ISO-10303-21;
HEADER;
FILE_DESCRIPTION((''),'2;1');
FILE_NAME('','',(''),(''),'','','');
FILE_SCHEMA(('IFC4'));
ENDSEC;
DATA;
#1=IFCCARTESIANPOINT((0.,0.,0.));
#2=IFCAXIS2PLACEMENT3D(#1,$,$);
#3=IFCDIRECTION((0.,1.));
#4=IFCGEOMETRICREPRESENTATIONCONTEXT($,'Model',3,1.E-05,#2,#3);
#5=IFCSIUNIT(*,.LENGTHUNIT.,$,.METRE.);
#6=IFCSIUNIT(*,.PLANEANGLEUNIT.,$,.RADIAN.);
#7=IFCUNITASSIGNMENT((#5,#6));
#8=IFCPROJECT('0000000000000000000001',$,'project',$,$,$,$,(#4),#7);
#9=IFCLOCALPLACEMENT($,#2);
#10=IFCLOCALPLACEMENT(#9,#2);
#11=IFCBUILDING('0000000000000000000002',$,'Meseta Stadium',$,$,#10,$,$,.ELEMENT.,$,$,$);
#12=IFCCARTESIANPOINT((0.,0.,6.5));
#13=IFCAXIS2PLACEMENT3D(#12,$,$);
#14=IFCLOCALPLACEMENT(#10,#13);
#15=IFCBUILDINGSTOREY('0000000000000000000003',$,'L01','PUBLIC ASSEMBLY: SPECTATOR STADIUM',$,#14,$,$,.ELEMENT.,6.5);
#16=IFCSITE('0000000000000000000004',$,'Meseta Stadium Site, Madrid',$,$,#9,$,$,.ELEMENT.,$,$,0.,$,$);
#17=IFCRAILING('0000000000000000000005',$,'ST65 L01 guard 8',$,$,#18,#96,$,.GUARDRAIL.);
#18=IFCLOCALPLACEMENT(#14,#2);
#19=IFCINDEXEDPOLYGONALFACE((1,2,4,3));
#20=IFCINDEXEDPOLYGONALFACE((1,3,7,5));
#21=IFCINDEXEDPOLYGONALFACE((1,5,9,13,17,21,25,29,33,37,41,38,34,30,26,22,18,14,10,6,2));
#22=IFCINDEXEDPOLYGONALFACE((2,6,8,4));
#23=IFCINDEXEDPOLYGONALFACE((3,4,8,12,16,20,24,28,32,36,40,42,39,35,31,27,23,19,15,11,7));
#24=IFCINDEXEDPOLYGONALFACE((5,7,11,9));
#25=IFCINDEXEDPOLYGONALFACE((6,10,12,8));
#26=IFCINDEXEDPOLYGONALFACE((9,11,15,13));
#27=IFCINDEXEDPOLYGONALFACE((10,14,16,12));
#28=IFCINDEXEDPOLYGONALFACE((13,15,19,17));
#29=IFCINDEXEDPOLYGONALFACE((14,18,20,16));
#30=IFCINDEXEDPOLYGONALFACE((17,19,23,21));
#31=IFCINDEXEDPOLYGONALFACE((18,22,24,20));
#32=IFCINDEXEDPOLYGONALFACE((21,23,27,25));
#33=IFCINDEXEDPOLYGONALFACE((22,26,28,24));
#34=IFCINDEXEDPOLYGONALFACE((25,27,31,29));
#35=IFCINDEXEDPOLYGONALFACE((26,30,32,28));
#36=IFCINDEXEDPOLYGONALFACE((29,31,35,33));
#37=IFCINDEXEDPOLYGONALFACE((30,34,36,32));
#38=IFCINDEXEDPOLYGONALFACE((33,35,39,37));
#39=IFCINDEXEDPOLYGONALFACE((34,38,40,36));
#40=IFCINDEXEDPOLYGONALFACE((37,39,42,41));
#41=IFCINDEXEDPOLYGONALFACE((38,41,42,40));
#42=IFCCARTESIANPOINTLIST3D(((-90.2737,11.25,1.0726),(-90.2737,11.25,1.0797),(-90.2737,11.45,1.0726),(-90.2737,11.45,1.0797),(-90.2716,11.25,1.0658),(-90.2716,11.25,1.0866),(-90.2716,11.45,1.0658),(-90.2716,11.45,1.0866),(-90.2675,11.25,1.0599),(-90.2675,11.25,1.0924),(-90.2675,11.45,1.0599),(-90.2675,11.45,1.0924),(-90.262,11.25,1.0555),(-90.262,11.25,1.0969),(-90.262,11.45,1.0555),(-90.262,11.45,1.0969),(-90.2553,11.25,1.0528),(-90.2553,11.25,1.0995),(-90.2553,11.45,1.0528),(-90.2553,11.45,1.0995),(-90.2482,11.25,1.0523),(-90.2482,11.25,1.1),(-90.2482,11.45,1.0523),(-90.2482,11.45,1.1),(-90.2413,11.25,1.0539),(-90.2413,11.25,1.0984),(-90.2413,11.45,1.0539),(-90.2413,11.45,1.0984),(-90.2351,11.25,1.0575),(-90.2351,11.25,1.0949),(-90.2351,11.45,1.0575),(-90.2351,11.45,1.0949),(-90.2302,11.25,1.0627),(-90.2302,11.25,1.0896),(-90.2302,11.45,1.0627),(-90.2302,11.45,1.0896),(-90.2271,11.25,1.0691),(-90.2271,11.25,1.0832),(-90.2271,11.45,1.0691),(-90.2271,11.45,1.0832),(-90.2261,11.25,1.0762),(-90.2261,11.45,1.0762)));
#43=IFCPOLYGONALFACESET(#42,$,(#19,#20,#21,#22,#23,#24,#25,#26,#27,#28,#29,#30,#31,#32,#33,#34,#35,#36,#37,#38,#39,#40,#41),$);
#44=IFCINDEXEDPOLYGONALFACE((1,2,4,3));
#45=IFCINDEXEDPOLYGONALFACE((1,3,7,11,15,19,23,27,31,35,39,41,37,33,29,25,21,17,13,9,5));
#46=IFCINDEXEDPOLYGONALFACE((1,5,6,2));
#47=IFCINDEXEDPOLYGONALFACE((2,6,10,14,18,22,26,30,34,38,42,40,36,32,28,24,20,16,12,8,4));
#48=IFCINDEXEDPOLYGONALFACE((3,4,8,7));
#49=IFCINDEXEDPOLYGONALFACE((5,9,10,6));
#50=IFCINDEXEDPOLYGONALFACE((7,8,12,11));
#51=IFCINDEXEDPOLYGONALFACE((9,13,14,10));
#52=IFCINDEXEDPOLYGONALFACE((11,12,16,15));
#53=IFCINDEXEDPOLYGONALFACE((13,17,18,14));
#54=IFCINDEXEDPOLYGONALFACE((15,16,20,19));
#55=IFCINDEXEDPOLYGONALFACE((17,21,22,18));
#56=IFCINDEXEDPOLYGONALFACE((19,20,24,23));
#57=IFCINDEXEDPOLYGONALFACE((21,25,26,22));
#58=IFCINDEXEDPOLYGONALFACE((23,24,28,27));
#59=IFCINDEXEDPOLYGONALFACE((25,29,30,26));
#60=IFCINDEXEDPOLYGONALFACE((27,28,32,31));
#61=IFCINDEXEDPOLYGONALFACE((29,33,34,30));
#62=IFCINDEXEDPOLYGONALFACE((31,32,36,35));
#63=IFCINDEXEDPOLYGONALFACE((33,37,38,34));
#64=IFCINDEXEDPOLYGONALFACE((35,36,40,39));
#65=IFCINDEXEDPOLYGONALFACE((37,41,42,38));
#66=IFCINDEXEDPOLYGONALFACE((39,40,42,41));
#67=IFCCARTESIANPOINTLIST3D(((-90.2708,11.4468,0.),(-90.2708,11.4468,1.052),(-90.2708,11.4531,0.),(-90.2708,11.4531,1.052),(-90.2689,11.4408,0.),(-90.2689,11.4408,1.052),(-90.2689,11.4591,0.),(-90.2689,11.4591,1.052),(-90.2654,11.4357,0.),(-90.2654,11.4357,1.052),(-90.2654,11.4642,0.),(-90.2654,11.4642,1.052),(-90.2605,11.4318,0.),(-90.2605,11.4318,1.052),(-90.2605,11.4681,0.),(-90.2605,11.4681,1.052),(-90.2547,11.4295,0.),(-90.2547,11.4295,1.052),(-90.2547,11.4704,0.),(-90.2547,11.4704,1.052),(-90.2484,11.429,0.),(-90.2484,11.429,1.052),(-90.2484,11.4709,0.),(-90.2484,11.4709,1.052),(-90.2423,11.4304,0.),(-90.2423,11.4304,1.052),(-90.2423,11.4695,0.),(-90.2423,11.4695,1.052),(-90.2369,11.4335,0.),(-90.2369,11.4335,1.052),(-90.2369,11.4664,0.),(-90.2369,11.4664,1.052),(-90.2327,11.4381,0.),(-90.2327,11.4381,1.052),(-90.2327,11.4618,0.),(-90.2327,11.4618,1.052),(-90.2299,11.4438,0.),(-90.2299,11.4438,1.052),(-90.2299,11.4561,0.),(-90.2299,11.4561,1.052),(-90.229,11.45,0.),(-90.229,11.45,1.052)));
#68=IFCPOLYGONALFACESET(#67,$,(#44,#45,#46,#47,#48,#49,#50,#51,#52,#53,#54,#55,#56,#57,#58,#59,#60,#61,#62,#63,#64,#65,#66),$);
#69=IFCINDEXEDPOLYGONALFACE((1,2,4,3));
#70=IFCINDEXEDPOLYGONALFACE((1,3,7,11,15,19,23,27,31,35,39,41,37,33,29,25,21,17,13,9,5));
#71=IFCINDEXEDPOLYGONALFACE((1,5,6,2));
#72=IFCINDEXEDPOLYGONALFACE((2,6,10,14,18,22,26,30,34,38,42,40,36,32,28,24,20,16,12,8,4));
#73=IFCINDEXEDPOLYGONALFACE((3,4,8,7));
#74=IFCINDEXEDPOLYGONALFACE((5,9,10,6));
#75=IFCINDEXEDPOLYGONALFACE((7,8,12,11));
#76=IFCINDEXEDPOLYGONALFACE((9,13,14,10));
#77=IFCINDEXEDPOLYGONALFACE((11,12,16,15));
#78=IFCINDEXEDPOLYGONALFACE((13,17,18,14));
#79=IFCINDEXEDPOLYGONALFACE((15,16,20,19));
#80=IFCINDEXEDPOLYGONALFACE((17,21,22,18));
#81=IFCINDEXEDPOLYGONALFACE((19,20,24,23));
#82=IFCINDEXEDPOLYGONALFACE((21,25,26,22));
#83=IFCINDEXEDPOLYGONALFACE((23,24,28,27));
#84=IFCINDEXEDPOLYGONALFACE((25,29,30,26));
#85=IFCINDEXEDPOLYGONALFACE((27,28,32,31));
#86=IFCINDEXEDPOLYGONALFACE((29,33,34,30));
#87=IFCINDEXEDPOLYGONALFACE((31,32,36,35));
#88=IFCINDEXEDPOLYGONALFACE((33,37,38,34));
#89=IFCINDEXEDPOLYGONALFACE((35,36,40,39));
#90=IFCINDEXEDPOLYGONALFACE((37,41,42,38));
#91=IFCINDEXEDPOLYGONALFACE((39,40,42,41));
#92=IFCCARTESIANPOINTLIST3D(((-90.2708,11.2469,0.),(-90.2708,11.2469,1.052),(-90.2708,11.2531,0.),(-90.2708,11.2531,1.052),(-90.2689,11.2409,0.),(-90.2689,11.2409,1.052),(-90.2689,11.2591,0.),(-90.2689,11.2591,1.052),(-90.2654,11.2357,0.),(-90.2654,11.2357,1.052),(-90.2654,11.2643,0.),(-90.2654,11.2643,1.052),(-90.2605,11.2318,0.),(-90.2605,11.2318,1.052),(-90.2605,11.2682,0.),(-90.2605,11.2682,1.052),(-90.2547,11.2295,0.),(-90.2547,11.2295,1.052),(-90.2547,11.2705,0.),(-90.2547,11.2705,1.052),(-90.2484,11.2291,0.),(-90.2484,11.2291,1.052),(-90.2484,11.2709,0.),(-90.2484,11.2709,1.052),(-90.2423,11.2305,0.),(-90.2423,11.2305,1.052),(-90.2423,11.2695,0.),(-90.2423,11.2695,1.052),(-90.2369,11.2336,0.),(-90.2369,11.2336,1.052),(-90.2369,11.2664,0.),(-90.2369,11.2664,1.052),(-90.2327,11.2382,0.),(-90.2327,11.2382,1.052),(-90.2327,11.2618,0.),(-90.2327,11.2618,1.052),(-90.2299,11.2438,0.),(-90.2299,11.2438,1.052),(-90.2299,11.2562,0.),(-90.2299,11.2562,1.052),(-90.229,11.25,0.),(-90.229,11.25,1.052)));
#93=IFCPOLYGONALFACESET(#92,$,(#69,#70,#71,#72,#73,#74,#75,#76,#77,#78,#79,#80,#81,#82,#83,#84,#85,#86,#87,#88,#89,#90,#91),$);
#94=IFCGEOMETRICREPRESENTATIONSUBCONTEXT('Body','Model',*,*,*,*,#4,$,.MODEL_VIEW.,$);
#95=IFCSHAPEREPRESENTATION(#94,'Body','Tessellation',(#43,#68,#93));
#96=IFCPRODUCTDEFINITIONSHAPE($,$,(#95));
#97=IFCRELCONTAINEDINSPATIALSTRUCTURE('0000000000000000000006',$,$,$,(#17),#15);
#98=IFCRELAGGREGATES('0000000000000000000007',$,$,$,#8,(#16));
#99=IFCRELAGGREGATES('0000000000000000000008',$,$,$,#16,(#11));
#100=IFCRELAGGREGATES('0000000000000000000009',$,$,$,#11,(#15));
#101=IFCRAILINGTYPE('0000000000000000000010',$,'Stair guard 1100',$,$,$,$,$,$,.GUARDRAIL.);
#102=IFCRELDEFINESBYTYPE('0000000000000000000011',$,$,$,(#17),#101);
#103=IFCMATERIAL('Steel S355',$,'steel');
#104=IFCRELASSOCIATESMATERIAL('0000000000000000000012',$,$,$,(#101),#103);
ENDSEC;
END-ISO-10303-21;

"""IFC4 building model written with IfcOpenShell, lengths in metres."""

from ifc_helpers import new_model, si_unit, direction, frame, origin, origin_2d, place, context, subcontext, project, spatial, circle, extrude, material, type_object, element, save


model = new_model("IFC4")

# Units and contexts
model_context = context("Model", 3, precision=1e-05, world=origin(), true_north=direction((0.0, 1.0)))
body_context = subcontext(model_context, "Body", "Model", "MODEL_VIEW")
ifc_project = project(units=[si_unit("LENGTHUNIT", "METRE"), si_unit("PLANEANGLEUNIT", "RADIAN")], contexts=[model_context])

# Site, building, storey
site_placement = place(None, origin())
site = spatial("IfcSite", under=ifc_project, at=site_placement, Name="Meseta Stadium Site, Madrid", CompositionType="ELEMENT", RefElevation=0.0)
building_placement = place(site_placement, origin())
building = spatial("IfcBuilding", under=site, at=building_placement, Name="Meseta Stadium", CompositionType="ELEMENT")
storey_placement = place(building_placement, frame((0.0, 0.0, 6.5)))
storey = spatial("IfcBuildingStorey", under=building, at=storey_placement, Name="L01", Description="PUBLIC ASSEMBLY: SPECTATOR STADIUM", CompositionType="ELEMENT", Elevation=6.5)

# Railing
ifc_material_1 = material(Name="Steel S355", Category="steel")
railing_type_1 = type_object("IfcRailingType", Name="Stair guard 1100", PredefinedType="GUARDRAIL", material=ifc_material_1)
railing_1_placement = place(storey_placement, frame((-90.25, 11.45, 0.0)))
element("IfcRailing", 1, at=railing_1_placement, inside=storey, type_object=railing_type_1, Name="ST65 L01 guard 8", PredefinedType="GUARDRAIL", context=body_context, shape_type="SweptSolid", body=[
    extrude(circle(Radius=0.0239, at=origin_2d()), frame((0.0, 0.0, 1.0762), z_axis=(0.0, -1.0, 0.0), x_axis=(1.0, 0.0, 0.0)), (0.0, 0.0, 1.0), 0.2),
    extrude(circle(Radius=0.021, at=origin_2d()), origin(), (0.0, 0.0, 1.0), 1.052),
    extrude(circle(Radius=0.021, at=origin_2d()), frame((0.0, -0.2, 0.0)), (0.0, 0.0, 1.0), 1.052),
])

save(model, "model.ifc")
